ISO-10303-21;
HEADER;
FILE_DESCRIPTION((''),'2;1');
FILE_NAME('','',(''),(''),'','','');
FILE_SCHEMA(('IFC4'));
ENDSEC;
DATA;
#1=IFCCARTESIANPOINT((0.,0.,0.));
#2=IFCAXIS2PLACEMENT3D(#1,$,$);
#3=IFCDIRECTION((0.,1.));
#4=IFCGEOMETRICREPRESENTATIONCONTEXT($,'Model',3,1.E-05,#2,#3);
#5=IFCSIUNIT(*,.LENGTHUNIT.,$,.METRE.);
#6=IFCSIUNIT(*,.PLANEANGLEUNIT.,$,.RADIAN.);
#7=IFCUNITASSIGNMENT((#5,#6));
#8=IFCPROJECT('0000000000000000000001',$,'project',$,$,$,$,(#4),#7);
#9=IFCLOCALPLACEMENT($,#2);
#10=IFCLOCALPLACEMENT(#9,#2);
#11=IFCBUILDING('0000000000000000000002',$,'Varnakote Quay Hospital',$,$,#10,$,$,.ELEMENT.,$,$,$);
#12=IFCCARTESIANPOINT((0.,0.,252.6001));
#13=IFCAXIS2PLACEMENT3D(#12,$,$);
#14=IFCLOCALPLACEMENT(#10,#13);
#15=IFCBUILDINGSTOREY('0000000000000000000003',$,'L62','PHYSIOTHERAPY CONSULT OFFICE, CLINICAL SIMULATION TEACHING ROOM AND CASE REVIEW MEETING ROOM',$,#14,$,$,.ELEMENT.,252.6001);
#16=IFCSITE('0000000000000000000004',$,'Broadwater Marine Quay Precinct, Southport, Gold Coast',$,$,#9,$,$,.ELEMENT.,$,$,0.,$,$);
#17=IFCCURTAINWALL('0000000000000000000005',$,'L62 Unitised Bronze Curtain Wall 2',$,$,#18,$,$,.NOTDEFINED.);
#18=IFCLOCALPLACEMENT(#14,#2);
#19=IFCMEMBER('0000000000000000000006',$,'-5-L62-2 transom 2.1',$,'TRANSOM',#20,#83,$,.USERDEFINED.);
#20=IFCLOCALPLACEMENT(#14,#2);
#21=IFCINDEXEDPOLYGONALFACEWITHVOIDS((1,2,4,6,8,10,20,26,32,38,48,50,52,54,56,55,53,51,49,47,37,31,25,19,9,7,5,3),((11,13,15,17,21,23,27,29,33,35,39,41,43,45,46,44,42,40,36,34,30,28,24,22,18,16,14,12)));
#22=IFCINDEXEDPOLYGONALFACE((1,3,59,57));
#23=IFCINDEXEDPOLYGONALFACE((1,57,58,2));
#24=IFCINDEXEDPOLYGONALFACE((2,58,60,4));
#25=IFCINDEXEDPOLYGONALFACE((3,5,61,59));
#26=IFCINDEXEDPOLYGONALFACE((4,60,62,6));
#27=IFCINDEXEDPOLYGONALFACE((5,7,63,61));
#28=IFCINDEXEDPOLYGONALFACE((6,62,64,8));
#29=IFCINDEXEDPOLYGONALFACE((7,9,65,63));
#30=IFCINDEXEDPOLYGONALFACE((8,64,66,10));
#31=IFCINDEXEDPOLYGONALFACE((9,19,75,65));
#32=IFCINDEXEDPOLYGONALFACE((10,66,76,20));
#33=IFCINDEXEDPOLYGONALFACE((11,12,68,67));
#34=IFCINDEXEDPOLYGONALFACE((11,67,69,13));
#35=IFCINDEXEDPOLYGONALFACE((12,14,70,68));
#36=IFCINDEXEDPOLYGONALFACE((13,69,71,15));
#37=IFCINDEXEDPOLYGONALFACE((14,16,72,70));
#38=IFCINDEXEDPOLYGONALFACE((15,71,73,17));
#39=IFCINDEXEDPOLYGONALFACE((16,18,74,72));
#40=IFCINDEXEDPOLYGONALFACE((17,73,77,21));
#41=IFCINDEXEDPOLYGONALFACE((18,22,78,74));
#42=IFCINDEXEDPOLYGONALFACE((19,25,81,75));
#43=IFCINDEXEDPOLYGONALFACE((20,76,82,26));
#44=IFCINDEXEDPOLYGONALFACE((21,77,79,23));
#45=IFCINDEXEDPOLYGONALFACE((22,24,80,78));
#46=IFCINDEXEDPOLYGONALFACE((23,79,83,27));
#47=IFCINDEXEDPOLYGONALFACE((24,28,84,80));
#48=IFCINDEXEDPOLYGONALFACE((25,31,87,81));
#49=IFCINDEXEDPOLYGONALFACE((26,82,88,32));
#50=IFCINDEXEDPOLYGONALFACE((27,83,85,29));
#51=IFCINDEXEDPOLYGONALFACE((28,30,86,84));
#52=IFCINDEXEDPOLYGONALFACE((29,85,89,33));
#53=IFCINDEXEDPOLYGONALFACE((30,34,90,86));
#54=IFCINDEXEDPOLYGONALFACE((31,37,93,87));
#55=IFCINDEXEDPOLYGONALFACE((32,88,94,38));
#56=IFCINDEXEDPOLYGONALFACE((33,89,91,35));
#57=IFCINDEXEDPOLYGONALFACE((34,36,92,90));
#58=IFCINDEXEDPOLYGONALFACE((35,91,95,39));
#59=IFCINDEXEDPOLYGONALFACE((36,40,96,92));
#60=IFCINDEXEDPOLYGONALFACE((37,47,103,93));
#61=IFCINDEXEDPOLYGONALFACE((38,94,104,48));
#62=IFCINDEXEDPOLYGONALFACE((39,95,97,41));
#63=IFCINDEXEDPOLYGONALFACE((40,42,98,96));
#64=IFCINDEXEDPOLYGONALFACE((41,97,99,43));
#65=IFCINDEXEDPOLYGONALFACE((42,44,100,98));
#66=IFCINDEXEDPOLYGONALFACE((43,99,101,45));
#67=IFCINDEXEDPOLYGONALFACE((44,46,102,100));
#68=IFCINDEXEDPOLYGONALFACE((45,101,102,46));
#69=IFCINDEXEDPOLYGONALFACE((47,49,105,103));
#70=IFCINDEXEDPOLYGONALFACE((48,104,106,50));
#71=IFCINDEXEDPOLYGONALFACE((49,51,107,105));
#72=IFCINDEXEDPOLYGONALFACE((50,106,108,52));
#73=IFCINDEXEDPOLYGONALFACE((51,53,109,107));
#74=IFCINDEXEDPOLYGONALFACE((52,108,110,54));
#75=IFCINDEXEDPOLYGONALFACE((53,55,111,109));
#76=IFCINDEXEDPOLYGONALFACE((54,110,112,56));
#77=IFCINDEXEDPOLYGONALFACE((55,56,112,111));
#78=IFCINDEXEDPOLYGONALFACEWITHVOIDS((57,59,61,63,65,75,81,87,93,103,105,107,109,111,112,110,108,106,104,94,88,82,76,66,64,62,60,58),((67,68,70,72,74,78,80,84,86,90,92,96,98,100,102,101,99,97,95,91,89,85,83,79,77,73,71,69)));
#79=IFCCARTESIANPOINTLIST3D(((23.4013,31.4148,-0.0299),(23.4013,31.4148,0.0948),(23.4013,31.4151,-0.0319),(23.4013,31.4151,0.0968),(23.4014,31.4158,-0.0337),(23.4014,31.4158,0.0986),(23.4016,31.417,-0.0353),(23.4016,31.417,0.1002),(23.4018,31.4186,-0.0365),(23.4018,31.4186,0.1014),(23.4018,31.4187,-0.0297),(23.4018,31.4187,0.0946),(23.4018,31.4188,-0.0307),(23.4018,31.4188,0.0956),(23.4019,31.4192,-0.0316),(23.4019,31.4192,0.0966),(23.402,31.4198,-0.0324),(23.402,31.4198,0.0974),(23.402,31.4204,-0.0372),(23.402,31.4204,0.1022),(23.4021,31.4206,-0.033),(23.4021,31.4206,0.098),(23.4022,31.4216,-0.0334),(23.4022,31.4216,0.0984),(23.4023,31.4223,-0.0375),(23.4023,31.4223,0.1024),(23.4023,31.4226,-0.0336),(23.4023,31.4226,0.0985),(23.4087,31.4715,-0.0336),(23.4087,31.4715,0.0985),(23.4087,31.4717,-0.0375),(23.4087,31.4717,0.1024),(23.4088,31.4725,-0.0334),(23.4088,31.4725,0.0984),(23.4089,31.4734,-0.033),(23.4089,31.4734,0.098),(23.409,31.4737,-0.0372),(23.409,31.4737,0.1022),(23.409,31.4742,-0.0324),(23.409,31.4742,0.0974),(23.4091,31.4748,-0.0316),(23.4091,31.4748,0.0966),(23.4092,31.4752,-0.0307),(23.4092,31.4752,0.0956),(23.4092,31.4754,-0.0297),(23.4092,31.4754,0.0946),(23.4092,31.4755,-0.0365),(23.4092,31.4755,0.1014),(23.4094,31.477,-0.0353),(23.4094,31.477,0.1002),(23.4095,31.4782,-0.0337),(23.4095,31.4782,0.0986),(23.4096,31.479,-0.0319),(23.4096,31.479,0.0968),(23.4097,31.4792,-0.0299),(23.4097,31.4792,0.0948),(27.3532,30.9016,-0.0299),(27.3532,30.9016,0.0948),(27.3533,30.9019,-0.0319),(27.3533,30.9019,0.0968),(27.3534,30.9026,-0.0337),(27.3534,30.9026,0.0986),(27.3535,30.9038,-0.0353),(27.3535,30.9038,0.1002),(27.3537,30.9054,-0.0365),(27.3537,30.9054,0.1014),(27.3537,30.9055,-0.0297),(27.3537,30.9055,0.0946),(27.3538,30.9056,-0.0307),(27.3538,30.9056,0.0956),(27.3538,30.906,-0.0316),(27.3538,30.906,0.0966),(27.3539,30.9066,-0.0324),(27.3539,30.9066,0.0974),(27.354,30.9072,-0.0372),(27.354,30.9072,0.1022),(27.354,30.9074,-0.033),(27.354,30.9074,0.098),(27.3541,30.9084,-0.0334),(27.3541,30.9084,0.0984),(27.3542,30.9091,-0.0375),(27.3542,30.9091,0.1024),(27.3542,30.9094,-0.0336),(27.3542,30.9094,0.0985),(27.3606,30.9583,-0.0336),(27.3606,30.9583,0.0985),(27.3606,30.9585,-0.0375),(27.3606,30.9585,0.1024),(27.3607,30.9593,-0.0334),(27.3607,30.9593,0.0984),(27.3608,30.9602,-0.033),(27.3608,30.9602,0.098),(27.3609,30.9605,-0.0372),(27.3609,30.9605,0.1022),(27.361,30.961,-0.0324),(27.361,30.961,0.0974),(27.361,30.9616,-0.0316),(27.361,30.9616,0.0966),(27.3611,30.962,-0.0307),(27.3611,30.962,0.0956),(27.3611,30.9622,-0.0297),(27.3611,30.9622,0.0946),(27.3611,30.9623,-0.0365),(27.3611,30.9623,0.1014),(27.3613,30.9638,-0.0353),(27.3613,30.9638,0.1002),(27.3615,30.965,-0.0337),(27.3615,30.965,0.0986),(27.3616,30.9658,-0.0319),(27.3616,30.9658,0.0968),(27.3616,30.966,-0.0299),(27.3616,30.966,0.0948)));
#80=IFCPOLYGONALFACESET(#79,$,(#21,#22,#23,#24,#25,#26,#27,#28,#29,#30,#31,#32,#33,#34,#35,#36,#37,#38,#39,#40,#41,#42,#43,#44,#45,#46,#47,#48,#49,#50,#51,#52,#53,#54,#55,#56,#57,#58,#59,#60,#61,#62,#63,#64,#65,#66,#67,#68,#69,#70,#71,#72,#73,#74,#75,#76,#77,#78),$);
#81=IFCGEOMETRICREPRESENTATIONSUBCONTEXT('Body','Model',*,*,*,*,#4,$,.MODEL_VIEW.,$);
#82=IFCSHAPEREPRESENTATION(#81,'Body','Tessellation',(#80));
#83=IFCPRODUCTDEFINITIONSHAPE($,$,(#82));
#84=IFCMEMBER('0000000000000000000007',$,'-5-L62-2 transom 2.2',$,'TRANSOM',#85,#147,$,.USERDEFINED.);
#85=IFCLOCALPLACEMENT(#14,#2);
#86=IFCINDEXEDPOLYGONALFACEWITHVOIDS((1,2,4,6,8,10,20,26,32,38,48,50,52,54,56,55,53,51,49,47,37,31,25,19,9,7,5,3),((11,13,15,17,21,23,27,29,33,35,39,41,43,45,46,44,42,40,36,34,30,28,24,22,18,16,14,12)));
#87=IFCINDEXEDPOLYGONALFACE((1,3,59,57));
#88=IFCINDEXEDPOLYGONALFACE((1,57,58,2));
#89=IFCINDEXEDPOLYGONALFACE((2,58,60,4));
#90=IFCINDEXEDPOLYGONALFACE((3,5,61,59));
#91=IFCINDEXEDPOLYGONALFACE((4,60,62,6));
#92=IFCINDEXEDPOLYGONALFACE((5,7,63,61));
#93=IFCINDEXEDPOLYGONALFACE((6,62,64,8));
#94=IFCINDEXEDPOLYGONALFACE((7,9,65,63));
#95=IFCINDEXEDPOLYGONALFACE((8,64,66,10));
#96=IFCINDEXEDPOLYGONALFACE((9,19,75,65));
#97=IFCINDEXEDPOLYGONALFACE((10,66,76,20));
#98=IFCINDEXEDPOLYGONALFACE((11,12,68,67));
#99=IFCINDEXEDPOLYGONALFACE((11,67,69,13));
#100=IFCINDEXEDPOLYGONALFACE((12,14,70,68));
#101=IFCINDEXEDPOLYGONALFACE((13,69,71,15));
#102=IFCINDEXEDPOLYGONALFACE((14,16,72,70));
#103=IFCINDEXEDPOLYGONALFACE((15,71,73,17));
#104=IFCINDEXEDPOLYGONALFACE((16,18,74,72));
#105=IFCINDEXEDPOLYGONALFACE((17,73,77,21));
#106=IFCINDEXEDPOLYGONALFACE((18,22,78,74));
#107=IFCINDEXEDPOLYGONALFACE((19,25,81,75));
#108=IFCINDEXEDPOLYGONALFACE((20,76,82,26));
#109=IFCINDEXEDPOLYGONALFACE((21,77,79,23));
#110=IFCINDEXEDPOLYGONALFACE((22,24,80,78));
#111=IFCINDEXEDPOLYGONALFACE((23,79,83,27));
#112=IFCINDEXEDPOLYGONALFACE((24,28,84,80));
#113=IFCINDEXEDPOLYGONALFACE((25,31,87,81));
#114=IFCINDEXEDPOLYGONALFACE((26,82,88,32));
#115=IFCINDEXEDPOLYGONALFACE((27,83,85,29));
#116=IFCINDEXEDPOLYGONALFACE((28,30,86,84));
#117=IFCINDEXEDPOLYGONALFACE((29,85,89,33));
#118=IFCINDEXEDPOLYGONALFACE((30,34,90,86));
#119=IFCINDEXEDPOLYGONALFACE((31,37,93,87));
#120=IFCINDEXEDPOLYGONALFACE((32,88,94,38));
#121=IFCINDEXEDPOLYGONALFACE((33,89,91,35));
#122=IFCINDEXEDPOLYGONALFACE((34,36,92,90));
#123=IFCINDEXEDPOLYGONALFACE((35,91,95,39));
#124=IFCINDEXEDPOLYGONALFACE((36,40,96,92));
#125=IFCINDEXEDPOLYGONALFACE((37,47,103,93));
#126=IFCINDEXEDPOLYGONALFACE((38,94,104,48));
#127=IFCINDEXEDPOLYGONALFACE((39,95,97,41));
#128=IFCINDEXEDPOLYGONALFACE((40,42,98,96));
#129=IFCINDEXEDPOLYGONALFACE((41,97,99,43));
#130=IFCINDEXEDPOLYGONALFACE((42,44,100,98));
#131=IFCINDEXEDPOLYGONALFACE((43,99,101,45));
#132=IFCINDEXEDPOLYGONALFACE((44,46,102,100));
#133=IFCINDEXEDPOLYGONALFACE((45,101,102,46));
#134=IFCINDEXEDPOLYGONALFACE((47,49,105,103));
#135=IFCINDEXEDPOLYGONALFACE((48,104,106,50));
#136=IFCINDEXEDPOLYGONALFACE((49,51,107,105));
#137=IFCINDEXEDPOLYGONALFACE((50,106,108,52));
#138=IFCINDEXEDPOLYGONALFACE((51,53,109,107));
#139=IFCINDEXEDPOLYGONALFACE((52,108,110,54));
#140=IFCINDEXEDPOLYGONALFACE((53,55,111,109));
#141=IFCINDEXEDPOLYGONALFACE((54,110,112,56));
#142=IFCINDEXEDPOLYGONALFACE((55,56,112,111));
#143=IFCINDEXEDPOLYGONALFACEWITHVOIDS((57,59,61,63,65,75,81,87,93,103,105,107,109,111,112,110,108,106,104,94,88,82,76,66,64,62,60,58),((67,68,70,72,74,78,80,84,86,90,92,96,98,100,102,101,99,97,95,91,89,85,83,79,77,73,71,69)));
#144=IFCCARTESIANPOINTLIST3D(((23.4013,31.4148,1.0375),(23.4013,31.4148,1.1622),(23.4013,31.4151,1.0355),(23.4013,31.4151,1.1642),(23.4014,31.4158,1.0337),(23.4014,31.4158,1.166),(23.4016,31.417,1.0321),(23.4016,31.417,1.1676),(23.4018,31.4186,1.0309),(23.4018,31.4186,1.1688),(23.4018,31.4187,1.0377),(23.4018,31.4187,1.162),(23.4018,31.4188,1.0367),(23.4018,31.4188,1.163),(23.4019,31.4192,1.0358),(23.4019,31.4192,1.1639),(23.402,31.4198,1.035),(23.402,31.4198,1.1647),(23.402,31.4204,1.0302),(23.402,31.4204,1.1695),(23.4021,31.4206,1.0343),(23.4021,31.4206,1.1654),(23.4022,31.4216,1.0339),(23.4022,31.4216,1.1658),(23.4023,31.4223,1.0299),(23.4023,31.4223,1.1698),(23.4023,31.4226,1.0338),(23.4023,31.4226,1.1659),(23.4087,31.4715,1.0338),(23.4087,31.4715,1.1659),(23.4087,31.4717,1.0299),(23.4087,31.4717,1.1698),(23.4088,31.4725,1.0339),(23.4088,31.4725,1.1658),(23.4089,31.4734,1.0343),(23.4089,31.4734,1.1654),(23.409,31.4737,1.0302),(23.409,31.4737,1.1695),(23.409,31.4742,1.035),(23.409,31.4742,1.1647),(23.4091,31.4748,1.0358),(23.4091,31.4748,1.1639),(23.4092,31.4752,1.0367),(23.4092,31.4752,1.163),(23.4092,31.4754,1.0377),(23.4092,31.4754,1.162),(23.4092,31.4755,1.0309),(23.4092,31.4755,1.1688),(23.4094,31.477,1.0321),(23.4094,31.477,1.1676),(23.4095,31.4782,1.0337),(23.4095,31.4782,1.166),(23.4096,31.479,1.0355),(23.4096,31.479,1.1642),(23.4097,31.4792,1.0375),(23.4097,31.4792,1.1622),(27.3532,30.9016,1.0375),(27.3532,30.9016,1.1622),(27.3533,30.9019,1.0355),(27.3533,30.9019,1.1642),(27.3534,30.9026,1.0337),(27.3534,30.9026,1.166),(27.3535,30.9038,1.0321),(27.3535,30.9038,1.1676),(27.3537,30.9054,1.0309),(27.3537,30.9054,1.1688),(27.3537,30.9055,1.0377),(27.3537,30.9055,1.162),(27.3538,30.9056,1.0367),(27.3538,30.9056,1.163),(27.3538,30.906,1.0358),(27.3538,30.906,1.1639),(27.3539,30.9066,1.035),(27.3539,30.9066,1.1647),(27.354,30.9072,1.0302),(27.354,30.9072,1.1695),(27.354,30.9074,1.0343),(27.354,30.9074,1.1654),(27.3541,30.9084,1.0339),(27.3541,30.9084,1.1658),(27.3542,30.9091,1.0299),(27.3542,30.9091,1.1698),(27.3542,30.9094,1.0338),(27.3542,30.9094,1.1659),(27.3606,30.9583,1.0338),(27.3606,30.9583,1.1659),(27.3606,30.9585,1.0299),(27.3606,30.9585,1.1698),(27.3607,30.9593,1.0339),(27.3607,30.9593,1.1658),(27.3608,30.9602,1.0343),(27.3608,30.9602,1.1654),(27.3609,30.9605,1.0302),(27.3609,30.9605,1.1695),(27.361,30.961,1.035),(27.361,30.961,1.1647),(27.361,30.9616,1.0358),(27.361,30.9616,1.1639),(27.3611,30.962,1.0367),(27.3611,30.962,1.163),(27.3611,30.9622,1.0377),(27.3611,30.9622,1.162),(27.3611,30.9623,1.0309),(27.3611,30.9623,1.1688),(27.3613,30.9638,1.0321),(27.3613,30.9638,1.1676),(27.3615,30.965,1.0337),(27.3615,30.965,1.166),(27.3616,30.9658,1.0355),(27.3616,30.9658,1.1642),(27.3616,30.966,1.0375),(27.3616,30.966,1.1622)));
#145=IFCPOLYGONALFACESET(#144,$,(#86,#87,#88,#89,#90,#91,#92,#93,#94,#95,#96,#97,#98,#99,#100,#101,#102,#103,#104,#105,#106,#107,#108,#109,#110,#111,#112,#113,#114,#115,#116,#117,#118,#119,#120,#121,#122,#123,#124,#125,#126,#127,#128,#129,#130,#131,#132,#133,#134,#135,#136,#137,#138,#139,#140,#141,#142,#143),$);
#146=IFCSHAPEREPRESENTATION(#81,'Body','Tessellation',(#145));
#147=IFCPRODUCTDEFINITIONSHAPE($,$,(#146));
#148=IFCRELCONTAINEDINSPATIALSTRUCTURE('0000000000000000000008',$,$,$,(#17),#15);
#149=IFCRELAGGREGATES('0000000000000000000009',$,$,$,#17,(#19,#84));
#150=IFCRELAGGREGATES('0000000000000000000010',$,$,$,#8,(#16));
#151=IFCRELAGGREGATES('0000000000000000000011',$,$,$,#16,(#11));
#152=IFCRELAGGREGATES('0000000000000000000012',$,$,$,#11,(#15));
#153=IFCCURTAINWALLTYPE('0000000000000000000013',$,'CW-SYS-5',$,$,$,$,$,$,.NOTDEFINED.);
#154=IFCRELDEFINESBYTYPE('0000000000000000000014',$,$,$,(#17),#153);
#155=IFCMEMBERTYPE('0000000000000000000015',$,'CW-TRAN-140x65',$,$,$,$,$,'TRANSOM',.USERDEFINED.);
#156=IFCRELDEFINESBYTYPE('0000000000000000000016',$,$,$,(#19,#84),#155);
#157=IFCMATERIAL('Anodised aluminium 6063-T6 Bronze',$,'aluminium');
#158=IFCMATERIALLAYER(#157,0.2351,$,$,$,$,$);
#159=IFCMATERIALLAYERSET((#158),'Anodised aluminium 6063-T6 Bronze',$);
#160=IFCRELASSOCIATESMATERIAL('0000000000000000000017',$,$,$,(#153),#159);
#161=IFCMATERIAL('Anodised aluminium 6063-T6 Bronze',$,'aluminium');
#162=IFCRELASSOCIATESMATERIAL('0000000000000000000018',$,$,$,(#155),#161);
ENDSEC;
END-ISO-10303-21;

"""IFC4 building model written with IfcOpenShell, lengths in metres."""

from ifc_helpers import new_model, si_unit, direction, frame, origin, origin_2d, place, context, subcontext, project, spatial, hollow_rectangle, extrude, material, layer, layer_set, material_profile, profile_set, type_object, element, aggregate, save


model = new_model("IFC4")

# Units and contexts
model_context = context("Model", 3, precision=1e-05, world=origin(), true_north=direction((0.0, 1.0)))
body_context = subcontext(model_context, "Body", "Model", "MODEL_VIEW")
ifc_project = project(units=[si_unit("LENGTHUNIT", "METRE"), si_unit("PLANEANGLEUNIT", "RADIAN")], contexts=[model_context])

# Site, building, storey
site_placement = place(None, origin())
site = spatial("IfcSite", under=ifc_project, at=site_placement, Name="Broadwater Marine Quay Precinct, Southport, Gold Coast", CompositionType="ELEMENT", RefElevation=0.0)
building_placement = place(site_placement, origin())
building = spatial("IfcBuilding", under=site, at=building_placement, Name="Varnakote Quay Hospital", CompositionType="ELEMENT")
storey_placement = place(building_placement, frame((0.0, 0.0, 252.6001)))
storey = spatial("IfcBuildingStorey", under=building, at=storey_placement, Name="L62", Description="PHYSIOTHERAPY CONSULT OFFICE, CLINICAL SIMULATION TEACHING ROOM AND CASE REVIEW MEETING ROOM", CompositionType="ELEMENT", Elevation=252.6001)

# Shared definitions
ifc_material_1 = material(Name="Anodised aluminium 6063-T6 Bronze", Category="aluminium")
ifc_layer_1 = layer(ifc_material_1, 0.2351)
ifc_layer_set_1 = layer_set([ifc_layer_1], Name="Anodised aluminium 6063-T6 Bronze")
curtain_wall_type = type_object("IfcCurtainWallType", Name="CW-SYS-5", PredefinedType="NOTDEFINED", material=ifc_layer_set_1)

# Curtain wall, members
curtain_wall_1_placement = place(storey_placement, origin())
curtain_wall_1 = element("IfcCurtainWall", 1, at=curtain_wall_1_placement, inside=storey, type_object=curtain_wall_type, Name="L62 Unitised Bronze Curtain Wall 2", PredefinedType="NOTDEFINED")
ifc_material_2 = material(Name="Anodised aluminium 6063-T6 Bronze", Category="aluminium")
ifc_material_profile_1 = material_profile(ifc_material_2, hollow_rectangle(XDim=0.0649, YDim=0.1399, WallThickness=0.0039, InnerFilletRadius=0.0039, OuterFilletRadius=0.0076, at=origin_2d()), Name="CW-TRAN-140x65")
ifc_profile_set_1 = profile_set([ifc_material_profile_1], Name="Anodised aluminium 6063-T6 Bronze")
member_type_1 = type_object("IfcMemberType", Name="CW-TRAN-140x65", ElementType="TRANSOM", PredefinedType="USERDEFINED", material=ifc_profile_set_1)
member_1_placement = place(storey_placement, frame((27.3574, 30.9338, 0.0325), z_axis=(-0.991674, 0.128776, 0.0), x_axis=(-0.128776, -0.991674, 0.0)))
member_1 = element("IfcMember", 2, at=member_1_placement, type_object=member_type_1, Name="-5-L62-2 transom 2.1", ObjectType="TRANSOM", PredefinedType="USERDEFINED", context=body_context, shape_type="SweptSolid", body=[
    extrude(hollow_rectangle(XDim=0.0649, YDim=0.1399, WallThickness=0.0039, InnerFilletRadius=0.0039, OuterFilletRadius=0.0076, at=origin_2d()), origin(), (0.0, 0.0, 1.0), 3.9851),
])
member_2_placement = place(storey_placement, frame((27.3574, 30.9338, 1.0999), z_axis=(-0.991674, 0.128776, 0.0), x_axis=(-0.128776, -0.991674, 0.0)))
member_2 = element("IfcMember", 3, at=member_2_placement, type_object=member_type_1, Name="-5-L62-2 transom 2.2", ObjectType="TRANSOM", PredefinedType="USERDEFINED", context=body_context, shape_type="SweptSolid", body=[
    extrude(hollow_rectangle(XDim=0.0649, YDim=0.1399, WallThickness=0.0039, InnerFilletRadius=0.0039, OuterFilletRadius=0.0076, at=origin_2d()), origin(), (0.0, 0.0, 1.0), 3.9851),
])

aggregate(curtain_wall_1, [member_1, member_2])

save(model, "model.ifc")
